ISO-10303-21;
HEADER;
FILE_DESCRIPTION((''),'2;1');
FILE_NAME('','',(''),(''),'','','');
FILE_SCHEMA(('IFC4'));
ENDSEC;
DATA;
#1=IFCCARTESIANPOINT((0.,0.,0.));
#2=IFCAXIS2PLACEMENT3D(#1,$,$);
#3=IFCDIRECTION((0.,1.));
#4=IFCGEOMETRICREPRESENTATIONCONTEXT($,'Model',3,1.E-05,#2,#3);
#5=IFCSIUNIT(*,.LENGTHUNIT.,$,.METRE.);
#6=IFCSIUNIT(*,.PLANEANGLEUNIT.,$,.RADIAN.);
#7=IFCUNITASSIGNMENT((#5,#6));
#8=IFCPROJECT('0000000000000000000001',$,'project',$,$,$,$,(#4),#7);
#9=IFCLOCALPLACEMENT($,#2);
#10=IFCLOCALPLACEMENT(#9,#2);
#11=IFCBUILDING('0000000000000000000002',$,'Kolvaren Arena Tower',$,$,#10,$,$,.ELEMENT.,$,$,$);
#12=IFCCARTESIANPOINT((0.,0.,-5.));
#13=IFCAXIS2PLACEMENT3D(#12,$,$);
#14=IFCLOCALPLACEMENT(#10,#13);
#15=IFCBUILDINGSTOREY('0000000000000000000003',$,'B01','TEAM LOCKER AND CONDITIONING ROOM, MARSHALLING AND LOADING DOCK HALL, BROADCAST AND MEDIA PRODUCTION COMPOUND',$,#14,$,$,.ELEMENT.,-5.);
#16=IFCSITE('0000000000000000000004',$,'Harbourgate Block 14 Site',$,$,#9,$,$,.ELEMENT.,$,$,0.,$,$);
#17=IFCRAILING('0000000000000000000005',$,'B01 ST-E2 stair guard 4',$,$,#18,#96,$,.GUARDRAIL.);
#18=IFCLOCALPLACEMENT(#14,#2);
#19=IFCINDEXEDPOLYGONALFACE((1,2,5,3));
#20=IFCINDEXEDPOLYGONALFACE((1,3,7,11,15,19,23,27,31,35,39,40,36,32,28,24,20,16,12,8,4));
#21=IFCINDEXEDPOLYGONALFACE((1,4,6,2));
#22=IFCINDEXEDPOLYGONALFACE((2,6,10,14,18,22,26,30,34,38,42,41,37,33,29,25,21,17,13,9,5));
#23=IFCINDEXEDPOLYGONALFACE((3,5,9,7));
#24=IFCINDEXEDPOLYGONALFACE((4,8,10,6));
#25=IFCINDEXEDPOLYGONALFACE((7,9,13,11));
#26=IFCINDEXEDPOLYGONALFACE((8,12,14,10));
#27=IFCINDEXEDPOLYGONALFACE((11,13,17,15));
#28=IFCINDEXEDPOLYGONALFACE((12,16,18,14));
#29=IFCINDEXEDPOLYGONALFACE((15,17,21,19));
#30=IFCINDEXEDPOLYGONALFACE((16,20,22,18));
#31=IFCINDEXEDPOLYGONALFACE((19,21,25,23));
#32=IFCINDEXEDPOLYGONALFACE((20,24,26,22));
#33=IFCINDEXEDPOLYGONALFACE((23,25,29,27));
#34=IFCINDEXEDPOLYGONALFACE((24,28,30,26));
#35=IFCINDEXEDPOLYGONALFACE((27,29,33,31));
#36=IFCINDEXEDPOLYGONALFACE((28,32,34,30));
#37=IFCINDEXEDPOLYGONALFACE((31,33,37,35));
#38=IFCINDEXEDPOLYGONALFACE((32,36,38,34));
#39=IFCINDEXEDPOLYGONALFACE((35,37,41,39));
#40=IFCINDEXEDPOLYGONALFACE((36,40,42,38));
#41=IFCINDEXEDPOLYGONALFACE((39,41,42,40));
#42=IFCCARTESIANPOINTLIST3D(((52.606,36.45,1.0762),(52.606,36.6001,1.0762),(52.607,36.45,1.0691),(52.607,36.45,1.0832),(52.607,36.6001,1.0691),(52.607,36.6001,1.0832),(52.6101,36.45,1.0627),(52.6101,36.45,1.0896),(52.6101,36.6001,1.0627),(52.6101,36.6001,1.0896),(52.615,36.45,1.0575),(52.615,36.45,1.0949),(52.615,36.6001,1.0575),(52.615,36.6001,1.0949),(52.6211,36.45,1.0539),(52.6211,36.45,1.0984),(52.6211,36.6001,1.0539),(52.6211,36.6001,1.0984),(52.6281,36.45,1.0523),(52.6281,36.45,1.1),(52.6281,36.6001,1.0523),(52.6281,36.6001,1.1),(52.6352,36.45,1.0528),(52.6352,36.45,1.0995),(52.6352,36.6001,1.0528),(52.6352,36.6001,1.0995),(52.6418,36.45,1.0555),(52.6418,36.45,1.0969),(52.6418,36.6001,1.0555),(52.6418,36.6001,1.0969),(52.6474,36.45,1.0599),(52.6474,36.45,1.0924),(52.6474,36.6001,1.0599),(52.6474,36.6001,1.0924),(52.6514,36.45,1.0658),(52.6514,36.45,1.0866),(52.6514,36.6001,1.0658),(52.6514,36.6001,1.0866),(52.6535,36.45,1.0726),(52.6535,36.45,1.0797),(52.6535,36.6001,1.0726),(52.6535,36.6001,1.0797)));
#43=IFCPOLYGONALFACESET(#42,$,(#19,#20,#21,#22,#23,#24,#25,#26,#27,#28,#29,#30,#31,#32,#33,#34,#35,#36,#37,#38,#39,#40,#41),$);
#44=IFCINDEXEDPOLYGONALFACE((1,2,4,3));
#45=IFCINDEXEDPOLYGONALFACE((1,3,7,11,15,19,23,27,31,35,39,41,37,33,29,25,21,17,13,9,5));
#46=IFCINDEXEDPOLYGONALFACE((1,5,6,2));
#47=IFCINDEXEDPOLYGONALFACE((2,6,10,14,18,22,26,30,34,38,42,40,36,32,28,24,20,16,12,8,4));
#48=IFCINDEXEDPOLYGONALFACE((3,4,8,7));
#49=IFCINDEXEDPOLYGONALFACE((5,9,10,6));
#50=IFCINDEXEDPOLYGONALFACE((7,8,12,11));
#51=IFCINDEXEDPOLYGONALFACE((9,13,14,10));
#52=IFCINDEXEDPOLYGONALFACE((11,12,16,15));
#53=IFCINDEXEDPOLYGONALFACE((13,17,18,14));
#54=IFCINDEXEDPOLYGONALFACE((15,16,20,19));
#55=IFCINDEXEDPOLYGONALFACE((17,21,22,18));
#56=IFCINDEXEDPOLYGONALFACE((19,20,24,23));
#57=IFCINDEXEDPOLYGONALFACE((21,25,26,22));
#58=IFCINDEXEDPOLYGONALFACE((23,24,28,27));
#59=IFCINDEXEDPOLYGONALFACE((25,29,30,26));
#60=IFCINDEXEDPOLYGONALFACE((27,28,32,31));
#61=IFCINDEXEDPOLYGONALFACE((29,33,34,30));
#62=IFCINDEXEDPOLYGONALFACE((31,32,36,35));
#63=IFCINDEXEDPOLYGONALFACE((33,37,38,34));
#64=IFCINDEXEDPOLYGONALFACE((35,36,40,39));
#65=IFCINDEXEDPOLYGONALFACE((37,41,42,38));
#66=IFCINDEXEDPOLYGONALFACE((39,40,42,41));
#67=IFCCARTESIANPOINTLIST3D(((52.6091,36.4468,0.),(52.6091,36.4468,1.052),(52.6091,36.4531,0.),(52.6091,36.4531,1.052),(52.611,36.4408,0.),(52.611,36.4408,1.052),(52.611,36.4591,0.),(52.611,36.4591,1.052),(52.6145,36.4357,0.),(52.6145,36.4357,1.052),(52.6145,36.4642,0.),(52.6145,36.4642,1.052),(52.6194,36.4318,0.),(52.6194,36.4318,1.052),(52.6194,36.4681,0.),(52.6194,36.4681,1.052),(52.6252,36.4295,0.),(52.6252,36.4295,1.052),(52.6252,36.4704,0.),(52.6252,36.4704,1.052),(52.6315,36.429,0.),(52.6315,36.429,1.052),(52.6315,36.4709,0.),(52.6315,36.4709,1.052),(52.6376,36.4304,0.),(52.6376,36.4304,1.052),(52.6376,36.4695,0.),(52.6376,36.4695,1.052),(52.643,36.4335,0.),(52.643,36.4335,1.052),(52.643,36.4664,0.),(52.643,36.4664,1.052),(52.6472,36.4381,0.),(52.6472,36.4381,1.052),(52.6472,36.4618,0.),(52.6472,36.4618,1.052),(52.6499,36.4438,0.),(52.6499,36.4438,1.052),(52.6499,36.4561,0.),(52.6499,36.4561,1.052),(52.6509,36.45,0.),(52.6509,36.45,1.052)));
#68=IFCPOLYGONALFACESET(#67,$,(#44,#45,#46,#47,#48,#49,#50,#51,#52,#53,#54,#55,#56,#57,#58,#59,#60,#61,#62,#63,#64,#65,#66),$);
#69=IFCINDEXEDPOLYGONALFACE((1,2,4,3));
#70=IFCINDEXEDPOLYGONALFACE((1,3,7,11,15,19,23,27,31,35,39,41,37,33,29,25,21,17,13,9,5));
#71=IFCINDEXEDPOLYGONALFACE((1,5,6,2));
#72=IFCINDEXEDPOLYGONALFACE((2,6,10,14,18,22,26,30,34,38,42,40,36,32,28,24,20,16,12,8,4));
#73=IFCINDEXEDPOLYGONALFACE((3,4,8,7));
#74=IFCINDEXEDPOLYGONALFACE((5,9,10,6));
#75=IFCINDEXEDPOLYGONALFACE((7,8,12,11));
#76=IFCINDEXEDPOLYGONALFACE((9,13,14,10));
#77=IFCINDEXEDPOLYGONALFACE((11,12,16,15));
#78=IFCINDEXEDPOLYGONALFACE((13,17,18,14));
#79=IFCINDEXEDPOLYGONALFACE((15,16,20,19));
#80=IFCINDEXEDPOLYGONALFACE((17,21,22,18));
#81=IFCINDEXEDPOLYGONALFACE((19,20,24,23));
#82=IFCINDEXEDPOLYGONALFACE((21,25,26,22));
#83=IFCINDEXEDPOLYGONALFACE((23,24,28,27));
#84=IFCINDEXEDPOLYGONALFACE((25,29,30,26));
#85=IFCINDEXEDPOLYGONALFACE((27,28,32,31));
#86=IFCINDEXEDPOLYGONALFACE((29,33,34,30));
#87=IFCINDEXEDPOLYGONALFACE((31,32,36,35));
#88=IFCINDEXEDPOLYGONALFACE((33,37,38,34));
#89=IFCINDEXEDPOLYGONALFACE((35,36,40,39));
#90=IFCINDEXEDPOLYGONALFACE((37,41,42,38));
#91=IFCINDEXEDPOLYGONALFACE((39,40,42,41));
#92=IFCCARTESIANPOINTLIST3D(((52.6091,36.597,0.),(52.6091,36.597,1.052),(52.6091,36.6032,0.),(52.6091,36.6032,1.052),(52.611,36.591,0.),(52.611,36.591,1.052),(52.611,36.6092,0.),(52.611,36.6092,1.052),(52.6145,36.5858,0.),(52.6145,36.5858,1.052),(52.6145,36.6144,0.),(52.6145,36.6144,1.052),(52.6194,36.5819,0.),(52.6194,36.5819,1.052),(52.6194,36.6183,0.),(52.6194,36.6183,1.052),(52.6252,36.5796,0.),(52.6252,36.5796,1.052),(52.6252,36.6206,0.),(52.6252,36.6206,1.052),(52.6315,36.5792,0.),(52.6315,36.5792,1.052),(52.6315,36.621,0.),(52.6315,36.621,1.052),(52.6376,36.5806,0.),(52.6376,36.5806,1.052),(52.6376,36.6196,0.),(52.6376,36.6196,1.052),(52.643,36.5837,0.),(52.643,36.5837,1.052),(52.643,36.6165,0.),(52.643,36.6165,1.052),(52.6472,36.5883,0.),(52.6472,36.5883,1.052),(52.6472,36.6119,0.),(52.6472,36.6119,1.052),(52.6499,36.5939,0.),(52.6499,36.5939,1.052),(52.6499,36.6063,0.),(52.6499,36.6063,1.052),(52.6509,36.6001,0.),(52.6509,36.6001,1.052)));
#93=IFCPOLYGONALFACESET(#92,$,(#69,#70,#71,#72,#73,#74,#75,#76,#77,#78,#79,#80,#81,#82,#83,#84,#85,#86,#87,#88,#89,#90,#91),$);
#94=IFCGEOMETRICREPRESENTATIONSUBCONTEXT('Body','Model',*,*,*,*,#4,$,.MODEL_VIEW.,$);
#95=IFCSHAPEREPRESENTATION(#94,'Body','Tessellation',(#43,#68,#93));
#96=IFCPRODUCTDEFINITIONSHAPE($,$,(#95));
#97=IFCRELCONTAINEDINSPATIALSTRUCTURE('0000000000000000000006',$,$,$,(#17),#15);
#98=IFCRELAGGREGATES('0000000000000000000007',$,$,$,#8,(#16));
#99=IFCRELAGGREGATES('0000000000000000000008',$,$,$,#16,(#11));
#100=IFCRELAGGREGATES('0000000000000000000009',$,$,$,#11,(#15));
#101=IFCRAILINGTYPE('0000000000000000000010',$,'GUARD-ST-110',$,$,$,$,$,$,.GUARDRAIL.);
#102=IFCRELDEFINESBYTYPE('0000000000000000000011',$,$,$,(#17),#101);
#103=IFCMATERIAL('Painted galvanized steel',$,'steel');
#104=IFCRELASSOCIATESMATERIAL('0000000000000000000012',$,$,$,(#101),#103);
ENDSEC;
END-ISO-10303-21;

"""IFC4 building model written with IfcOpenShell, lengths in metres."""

from ifc_helpers import new_model, si_unit, direction, frame, origin, origin_2d, place, context, subcontext, project, spatial, circle, extrude, material, type_object, element, save


model = new_model("IFC4")

# Units and contexts
model_context = context("Model", 3, precision=1e-05, world=origin(), true_north=direction((0.0, 1.0)))
body_context = subcontext(model_context, "Body", "Model", "MODEL_VIEW")
ifc_project = project(units=[si_unit("LENGTHUNIT", "METRE"), si_unit("PLANEANGLEUNIT", "RADIAN")], contexts=[model_context])

# Site, building, storey
site_placement = place(None, origin())
site = spatial("IfcSite", under=ifc_project, at=site_placement, Name="Harbourgate Block 14 Site", CompositionType="ELEMENT", RefElevation=0.0)
building_placement = place(site_placement, origin())
building = spatial("IfcBuilding", under=site, at=building_placement, Name="Kolvaren Arena Tower", CompositionType="ELEMENT")
storey_placement = place(building_placement, frame((0.0, 0.0, -5.0)))
storey = spatial("IfcBuildingStorey", under=building, at=storey_placement, Name="B01", Description="TEAM LOCKER AND CONDITIONING ROOM, MARSHALLING AND LOADING DOCK HALL, BROADCAST AND MEDIA PRODUCTION COMPOUND", CompositionType="ELEMENT", Elevation=-5.0)

# Railing
ifc_material_1 = material(Name="Painted galvanized steel", Category="steel")
railing_type_1 = type_object("IfcRailingType", Name="GUARD-ST-110", PredefinedType="GUARDRAIL", material=ifc_material_1)
railing_1_placement = place(storey_placement, frame((52.6299, 36.45, 0.0)))
element("IfcRailing", 1, at=railing_1_placement, inside=storey, type_object=railing_type_1, Name="B01 ST-E2 stair guard 4", PredefinedType="GUARDRAIL", context=body_context, shape_type="SweptSolid", body=[
    extrude(circle(Radius=0.0239, at=origin_2d()), frame((0.0, 0.0, 1.0762), z_axis=(0.0, 1.0, 0.0), x_axis=(-1.0, 0.0, 0.0)), (0.0, 0.0, 1.0), 0.1501),
    extrude(circle(Radius=0.021, at=origin_2d()), origin(), (0.0, 0.0, 1.0), 1.052),
    extrude(circle(Radius=0.021, at=origin_2d()), frame((0.0, 0.1501, 0.0)), (0.0, 0.0, 1.0), 1.052),
])

save(model, "model.ifc")
